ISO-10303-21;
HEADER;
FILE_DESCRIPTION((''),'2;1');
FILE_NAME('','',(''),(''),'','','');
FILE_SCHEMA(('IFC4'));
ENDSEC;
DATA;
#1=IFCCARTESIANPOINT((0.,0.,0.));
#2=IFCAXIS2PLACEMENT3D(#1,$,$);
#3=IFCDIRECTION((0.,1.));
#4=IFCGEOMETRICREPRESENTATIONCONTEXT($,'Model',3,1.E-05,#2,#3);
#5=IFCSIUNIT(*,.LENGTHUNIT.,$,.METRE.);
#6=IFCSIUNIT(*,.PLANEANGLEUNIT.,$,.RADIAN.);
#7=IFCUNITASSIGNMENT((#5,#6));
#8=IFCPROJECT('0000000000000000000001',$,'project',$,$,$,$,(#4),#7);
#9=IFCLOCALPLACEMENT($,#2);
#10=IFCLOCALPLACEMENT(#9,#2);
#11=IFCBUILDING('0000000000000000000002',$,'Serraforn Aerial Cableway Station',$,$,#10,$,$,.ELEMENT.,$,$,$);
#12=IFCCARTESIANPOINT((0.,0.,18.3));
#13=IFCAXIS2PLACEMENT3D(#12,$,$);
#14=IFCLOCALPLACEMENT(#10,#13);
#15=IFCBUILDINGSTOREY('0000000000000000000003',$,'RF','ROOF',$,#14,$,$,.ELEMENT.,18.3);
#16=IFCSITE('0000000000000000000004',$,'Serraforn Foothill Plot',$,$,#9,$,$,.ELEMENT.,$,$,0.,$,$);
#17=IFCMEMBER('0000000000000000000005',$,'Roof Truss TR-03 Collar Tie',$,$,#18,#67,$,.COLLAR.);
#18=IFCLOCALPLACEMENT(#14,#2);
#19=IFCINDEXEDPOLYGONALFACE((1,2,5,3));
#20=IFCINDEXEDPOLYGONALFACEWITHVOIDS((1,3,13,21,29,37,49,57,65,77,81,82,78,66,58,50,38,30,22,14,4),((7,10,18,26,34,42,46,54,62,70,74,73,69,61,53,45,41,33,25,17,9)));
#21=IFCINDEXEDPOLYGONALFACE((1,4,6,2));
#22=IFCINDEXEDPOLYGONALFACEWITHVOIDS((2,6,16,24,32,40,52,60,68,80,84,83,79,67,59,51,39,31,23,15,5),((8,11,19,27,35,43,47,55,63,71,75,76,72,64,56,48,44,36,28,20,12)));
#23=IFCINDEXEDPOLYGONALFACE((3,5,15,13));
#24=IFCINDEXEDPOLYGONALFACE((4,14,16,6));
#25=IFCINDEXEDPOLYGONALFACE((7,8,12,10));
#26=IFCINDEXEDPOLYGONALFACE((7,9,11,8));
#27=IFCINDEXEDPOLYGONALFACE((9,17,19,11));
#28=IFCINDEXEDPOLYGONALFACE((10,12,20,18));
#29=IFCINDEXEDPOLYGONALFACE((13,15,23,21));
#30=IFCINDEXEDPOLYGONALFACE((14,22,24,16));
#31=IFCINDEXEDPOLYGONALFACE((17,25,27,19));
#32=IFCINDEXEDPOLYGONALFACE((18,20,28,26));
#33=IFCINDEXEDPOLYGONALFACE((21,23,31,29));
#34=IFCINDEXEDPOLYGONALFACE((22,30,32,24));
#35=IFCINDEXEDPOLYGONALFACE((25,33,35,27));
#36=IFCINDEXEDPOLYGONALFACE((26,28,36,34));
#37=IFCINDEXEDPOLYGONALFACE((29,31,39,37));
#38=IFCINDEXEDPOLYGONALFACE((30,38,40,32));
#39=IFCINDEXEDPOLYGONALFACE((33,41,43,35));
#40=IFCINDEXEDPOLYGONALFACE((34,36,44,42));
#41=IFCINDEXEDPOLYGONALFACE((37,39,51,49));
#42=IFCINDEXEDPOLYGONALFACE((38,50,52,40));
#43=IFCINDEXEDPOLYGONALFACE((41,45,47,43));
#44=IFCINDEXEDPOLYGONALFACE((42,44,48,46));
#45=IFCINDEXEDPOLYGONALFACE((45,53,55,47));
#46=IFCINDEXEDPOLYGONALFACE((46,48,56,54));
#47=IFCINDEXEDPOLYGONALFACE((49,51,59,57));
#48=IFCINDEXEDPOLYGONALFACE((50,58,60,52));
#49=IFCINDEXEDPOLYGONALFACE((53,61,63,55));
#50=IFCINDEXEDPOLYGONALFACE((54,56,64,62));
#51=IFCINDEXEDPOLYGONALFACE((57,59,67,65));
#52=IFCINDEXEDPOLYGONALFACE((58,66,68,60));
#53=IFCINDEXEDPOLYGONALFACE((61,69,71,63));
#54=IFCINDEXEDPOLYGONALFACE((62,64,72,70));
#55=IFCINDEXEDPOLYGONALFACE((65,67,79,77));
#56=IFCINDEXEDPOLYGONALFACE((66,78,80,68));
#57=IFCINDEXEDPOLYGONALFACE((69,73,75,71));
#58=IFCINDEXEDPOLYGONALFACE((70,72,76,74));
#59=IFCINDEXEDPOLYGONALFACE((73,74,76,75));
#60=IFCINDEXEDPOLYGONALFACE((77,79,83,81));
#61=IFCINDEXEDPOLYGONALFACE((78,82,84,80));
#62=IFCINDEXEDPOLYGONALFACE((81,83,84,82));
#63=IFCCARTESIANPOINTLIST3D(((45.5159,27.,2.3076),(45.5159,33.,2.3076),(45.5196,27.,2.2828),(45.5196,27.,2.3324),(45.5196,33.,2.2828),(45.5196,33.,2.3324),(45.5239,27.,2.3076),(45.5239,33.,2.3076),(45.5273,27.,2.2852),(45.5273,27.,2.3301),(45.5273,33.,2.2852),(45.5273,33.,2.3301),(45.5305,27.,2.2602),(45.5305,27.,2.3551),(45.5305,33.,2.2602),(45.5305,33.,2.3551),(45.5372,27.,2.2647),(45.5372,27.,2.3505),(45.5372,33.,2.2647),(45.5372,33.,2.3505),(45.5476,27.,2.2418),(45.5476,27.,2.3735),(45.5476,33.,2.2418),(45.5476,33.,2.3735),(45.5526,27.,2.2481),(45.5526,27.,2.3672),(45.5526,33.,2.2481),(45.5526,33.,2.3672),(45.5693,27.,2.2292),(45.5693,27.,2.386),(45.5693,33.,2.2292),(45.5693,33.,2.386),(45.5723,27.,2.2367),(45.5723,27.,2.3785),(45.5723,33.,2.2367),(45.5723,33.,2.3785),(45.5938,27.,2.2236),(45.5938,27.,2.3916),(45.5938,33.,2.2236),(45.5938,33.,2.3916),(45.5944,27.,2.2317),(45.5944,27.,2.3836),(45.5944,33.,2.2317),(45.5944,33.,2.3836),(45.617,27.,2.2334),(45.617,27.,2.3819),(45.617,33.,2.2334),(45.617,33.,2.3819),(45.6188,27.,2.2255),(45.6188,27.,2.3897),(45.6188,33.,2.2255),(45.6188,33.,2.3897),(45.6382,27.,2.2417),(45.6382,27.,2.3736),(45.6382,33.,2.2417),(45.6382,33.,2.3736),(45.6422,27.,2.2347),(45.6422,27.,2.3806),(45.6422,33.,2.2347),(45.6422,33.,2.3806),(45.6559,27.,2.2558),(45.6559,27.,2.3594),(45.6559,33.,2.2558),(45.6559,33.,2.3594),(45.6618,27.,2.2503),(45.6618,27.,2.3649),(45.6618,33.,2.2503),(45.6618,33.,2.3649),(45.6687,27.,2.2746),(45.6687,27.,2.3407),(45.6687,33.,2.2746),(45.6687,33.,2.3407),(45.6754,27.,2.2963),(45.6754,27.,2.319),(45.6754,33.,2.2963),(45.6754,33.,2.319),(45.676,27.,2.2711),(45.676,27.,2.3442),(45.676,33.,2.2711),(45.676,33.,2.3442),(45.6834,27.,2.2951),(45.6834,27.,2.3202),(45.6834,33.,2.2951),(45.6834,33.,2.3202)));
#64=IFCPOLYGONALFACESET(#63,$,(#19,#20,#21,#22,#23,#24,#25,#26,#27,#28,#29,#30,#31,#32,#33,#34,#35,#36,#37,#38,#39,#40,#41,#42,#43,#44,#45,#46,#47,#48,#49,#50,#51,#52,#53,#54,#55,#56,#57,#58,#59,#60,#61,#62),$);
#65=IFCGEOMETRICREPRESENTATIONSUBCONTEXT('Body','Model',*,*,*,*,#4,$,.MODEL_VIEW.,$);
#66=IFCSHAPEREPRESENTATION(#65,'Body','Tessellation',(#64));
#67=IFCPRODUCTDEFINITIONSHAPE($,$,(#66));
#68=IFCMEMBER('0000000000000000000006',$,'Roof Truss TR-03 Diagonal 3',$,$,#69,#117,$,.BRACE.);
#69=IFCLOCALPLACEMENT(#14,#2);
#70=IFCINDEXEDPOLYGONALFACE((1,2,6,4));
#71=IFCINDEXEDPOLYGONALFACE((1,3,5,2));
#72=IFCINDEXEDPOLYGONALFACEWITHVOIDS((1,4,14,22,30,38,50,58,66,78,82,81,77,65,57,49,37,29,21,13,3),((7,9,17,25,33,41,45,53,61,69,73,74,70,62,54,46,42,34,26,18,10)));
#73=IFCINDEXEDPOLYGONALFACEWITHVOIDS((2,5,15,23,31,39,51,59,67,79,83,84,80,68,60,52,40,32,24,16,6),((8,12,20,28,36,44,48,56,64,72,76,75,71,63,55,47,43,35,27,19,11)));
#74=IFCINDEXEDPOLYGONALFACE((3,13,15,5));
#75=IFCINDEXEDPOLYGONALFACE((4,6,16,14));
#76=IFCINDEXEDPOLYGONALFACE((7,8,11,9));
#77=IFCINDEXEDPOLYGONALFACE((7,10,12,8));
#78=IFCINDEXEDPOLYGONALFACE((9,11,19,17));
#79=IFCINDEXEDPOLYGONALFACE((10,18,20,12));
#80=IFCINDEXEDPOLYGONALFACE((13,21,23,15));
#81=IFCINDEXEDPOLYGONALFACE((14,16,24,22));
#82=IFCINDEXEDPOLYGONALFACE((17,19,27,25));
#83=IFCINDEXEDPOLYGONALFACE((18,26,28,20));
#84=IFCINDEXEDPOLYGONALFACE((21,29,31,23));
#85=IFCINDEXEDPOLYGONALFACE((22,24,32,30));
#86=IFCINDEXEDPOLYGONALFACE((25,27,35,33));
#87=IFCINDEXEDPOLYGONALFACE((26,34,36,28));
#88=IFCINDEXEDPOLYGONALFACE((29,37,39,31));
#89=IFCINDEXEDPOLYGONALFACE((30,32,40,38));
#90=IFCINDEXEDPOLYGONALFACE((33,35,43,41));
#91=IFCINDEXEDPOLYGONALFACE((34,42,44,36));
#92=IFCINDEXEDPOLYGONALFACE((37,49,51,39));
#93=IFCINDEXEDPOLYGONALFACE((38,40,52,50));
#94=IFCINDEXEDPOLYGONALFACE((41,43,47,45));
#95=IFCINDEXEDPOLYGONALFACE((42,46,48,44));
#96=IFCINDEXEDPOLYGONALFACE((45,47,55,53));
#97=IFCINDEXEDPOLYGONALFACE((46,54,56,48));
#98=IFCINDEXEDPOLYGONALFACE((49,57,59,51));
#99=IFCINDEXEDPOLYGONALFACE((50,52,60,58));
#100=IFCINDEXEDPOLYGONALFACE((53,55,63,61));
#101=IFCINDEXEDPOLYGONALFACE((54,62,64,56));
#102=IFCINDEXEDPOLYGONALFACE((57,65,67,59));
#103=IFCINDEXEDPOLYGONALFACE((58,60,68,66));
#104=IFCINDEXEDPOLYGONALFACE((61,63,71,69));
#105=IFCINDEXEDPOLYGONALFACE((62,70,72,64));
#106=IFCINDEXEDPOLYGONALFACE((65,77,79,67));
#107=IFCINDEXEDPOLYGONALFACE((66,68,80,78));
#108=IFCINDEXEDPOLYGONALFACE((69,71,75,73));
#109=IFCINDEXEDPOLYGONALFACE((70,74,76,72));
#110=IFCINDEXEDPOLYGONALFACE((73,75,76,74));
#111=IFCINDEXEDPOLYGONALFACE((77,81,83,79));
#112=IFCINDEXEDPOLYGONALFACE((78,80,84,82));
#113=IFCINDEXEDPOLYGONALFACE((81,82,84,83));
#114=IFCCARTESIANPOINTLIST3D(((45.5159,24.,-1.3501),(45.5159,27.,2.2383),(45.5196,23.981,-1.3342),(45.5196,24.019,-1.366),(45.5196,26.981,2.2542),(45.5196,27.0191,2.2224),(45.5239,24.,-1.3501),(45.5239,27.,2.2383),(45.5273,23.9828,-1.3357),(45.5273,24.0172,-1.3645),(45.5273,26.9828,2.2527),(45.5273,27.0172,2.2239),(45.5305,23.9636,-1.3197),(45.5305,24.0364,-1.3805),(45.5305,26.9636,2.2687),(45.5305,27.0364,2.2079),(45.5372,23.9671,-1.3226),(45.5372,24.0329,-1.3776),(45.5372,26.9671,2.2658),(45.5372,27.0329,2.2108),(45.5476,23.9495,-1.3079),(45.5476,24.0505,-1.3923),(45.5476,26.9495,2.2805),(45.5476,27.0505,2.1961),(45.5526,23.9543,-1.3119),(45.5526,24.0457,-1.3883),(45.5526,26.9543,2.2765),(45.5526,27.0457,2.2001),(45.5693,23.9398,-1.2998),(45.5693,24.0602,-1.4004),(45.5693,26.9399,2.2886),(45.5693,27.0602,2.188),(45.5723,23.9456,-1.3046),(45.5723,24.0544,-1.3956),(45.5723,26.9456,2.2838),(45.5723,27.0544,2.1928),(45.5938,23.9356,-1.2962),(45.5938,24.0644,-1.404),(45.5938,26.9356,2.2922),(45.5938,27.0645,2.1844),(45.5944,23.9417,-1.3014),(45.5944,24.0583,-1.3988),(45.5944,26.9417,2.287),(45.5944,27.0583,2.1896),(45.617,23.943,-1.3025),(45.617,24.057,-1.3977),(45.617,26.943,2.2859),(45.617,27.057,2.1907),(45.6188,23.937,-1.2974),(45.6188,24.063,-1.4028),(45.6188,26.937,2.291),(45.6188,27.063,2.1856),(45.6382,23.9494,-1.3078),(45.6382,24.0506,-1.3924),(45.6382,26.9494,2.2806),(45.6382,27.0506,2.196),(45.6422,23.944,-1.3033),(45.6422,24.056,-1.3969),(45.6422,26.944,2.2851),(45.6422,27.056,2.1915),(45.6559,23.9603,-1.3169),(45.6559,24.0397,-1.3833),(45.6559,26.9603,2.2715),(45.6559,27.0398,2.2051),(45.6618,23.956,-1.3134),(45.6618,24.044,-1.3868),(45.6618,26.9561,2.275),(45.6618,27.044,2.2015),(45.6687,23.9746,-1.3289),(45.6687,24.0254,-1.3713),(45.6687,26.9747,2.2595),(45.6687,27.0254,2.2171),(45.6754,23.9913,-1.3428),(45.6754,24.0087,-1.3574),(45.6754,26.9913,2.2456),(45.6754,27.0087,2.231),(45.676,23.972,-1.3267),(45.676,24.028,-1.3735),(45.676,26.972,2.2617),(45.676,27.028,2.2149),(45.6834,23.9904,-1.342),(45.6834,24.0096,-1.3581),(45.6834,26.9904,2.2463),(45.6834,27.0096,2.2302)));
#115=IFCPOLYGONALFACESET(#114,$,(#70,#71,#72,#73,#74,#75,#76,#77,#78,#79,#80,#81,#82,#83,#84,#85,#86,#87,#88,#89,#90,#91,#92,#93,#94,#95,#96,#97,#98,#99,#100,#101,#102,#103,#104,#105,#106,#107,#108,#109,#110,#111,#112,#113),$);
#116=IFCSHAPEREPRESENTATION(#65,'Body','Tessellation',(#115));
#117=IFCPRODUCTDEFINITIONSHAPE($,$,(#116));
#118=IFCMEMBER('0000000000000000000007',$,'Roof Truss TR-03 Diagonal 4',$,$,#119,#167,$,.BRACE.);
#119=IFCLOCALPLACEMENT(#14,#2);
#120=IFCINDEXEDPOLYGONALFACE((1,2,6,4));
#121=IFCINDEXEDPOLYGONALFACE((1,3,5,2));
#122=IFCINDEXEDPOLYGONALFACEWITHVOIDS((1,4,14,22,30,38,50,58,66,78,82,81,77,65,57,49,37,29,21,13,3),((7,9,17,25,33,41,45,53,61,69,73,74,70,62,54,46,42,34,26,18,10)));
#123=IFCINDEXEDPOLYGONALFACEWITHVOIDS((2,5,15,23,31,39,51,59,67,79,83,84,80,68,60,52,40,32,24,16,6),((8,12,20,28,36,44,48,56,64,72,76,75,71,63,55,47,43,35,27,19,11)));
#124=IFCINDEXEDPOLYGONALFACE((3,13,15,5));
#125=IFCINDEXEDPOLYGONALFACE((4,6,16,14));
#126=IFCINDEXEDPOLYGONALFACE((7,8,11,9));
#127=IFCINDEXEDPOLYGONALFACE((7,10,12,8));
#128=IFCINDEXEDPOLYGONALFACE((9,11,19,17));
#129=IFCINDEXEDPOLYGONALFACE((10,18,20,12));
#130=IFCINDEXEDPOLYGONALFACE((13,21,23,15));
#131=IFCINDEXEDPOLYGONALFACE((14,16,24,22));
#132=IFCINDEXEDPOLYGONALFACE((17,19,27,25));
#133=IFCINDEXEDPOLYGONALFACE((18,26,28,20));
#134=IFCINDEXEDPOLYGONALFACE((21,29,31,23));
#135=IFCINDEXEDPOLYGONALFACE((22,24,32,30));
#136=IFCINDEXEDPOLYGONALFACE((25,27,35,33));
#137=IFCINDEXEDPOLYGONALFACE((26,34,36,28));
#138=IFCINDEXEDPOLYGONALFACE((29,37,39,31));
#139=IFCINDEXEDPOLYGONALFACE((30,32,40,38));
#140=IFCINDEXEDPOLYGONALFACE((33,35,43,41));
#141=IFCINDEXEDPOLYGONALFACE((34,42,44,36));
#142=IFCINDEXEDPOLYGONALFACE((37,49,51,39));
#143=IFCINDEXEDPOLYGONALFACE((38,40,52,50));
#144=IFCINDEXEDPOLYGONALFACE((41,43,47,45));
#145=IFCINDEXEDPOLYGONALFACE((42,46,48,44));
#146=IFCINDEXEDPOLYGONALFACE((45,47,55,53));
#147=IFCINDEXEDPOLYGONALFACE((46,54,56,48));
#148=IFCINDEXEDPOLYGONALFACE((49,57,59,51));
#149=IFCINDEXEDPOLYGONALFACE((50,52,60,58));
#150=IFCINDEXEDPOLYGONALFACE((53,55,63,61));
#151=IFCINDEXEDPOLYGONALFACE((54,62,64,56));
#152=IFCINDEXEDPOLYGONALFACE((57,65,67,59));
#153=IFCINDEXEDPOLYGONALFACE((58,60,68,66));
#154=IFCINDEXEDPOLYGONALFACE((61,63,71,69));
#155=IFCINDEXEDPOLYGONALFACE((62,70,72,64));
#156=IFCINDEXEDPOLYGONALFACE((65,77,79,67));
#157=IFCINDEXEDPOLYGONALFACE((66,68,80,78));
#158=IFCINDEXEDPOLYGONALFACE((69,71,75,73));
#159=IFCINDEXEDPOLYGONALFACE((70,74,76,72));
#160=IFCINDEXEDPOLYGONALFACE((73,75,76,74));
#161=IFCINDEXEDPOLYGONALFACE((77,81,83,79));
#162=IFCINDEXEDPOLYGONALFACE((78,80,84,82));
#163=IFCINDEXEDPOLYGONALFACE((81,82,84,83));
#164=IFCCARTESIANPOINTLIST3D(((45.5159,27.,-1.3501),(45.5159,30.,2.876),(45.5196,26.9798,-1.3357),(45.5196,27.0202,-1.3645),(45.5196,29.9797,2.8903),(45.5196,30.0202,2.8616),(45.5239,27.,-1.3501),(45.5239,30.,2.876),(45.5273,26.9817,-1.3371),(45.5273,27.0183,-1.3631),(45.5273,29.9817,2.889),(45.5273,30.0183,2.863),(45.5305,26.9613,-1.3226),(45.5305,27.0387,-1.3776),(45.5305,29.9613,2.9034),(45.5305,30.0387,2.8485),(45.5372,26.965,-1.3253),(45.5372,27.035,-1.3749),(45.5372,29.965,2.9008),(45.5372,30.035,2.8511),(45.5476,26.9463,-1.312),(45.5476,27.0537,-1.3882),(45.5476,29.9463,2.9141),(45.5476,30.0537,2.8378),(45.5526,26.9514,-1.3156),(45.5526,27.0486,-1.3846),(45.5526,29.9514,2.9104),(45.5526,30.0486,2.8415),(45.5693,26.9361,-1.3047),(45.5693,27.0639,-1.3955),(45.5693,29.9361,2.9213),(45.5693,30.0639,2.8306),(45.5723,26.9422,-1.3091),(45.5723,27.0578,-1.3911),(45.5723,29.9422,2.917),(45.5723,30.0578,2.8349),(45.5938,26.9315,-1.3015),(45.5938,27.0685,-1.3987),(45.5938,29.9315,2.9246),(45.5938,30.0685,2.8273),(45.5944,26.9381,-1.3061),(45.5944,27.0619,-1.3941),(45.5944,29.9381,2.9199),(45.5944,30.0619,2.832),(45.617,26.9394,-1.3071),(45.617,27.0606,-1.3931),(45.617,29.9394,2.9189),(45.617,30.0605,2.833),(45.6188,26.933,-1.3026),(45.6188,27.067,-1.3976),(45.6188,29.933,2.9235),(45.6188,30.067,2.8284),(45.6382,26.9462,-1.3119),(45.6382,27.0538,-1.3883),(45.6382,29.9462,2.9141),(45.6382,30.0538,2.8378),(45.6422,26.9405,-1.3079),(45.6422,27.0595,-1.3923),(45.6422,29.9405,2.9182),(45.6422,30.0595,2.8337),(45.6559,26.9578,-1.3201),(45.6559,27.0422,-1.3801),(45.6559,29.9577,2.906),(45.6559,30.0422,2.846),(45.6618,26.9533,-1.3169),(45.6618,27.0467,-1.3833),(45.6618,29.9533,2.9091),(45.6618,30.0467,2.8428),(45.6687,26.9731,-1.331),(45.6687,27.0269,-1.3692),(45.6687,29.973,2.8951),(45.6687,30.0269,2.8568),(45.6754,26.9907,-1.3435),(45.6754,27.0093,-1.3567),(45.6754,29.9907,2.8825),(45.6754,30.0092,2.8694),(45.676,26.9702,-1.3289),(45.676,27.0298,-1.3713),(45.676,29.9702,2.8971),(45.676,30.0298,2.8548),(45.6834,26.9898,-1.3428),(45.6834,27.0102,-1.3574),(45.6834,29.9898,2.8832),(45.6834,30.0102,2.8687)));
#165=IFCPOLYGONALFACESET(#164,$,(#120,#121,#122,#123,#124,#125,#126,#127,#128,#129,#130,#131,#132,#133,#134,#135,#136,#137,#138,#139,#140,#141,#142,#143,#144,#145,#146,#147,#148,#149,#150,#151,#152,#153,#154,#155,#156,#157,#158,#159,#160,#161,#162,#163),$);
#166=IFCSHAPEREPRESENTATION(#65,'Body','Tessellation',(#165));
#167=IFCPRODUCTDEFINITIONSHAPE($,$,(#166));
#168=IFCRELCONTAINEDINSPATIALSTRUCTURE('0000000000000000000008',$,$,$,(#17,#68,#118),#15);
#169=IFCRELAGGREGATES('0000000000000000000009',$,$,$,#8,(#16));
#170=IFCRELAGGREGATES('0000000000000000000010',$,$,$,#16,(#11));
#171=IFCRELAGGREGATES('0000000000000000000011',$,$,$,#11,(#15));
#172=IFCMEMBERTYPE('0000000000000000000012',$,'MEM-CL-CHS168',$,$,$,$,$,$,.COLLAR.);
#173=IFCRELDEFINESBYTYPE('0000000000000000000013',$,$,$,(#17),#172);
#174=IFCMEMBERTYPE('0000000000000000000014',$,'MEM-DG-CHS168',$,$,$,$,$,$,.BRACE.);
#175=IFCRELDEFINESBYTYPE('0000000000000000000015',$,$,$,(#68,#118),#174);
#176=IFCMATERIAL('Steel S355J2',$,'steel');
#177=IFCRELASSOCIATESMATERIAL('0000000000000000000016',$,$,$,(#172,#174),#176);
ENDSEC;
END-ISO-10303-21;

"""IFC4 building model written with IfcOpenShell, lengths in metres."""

from ifc_helpers import new_model, si_unit, direction, frame, origin, origin_2d, place, context, subcontext, project, spatial, hollow_circle, extrude, material, material_profile, profile_set, type_object, element, save


model = new_model("IFC4")

# Units and contexts
model_context = context("Model", 3, precision=1e-05, world=origin(), true_north=direction((0.0, 1.0)))
body_context = subcontext(model_context, "Body", "Model", "MODEL_VIEW")
ifc_project = project(units=[si_unit("LENGTHUNIT", "METRE"), si_unit("PLANEANGLEUNIT", "RADIAN")], contexts=[model_context])

# Site, building, storey
site_placement = place(None, origin())
site = spatial("IfcSite", under=ifc_project, at=site_placement, Name="Serraforn Foothill Plot", CompositionType="ELEMENT", RefElevation=0.0)
building_placement = place(site_placement, origin())
building = spatial("IfcBuilding", under=site, at=building_placement, Name="Serraforn Aerial Cableway Station", CompositionType="ELEMENT")
storey_placement = place(building_placement, frame((0.0, 0.0, 18.3)))
storey = spatial("IfcBuildingStorey", under=building, at=storey_placement, Name="RF", Description="ROOF", CompositionType="ELEMENT", Elevation=18.3)

# Members
ifc_material_1 = material(Name="Steel S355J2", Category="steel")
ifc_material_profile_1 = material_profile(ifc_material_1, hollow_circle(Radius=0.0842, WallThickness=0.0081, at=origin_2d()), Name="CHS 168.3x8.0")
ifc_profile_set_1 = profile_set([ifc_material_profile_1], Name="Steel S355J2")
member_type_1 = type_object("IfcMemberType", Name="MEM-CL-CHS168", PredefinedType="COLLAR", material=ifc_profile_set_1)
member_1_placement = place(storey_placement, frame((45.6001, 27.0, 2.3076), z_axis=(0.0, 1.0, 0.0), x_axis=(-1.0, 0.0, 0.0)))
element("IfcMember", 1, at=member_1_placement, inside=storey, type_object=member_type_1, Name="Roof Truss TR-03 Collar Tie", PredefinedType="COLLAR", context=body_context, shape_type="SweptSolid", body=[
    extrude(hollow_circle(Radius=0.0842, WallThickness=0.0081, at=origin_2d()), origin(), (0.0, 0.0, 1.0), 6.0),
])
ifc_material_profile_2 = material_profile(ifc_material_1, hollow_circle(Radius=0.0842, WallThickness=0.0081, at=origin_2d()), Name="CHS 168.3x8.0")
ifc_profile_set_2 = profile_set([ifc_material_profile_2], Name="Steel S355J2")
member_type_2 = type_object("IfcMemberType", Name="MEM-DG-CHS168", PredefinedType="BRACE", material=ifc_profile_set_2)
member_2_placement = place(storey_placement, frame((45.6001, 24.0, -1.3501), z_axis=(0.0, 0.641406, 0.767202), x_axis=(-1.0, 0.0, 0.0)))
element("IfcMember", 2, at=member_2_placement, inside=storey, type_object=member_type_2, Name="Roof Truss TR-03 Diagonal 3", PredefinedType="BRACE", context=body_context, shape_type="SweptSolid", body=[
    extrude(hollow_circle(Radius=0.0842, WallThickness=0.0081, at=origin_2d()), origin(), (0.0, 0.0, 1.0), 4.6772),
])
member_3_placement = place(storey_placement, frame((45.6001, 27.0, -1.3501), z_axis=(0.0, 0.578856, 0.81543), x_axis=(-1.0, 0.0, 0.0)))
element("IfcMember", 3, at=member_3_placement, inside=storey, type_object=member_type_2, Name="Roof Truss TR-03 Diagonal 4", PredefinedType="BRACE", context=body_context, shape_type="SweptSolid", body=[
    extrude(hollow_circle(Radius=0.0842, WallThickness=0.0081, at=origin_2d()), origin(), (0.0, 0.0, 1.0), 5.1826),
])

save(model, "model.ifc")
